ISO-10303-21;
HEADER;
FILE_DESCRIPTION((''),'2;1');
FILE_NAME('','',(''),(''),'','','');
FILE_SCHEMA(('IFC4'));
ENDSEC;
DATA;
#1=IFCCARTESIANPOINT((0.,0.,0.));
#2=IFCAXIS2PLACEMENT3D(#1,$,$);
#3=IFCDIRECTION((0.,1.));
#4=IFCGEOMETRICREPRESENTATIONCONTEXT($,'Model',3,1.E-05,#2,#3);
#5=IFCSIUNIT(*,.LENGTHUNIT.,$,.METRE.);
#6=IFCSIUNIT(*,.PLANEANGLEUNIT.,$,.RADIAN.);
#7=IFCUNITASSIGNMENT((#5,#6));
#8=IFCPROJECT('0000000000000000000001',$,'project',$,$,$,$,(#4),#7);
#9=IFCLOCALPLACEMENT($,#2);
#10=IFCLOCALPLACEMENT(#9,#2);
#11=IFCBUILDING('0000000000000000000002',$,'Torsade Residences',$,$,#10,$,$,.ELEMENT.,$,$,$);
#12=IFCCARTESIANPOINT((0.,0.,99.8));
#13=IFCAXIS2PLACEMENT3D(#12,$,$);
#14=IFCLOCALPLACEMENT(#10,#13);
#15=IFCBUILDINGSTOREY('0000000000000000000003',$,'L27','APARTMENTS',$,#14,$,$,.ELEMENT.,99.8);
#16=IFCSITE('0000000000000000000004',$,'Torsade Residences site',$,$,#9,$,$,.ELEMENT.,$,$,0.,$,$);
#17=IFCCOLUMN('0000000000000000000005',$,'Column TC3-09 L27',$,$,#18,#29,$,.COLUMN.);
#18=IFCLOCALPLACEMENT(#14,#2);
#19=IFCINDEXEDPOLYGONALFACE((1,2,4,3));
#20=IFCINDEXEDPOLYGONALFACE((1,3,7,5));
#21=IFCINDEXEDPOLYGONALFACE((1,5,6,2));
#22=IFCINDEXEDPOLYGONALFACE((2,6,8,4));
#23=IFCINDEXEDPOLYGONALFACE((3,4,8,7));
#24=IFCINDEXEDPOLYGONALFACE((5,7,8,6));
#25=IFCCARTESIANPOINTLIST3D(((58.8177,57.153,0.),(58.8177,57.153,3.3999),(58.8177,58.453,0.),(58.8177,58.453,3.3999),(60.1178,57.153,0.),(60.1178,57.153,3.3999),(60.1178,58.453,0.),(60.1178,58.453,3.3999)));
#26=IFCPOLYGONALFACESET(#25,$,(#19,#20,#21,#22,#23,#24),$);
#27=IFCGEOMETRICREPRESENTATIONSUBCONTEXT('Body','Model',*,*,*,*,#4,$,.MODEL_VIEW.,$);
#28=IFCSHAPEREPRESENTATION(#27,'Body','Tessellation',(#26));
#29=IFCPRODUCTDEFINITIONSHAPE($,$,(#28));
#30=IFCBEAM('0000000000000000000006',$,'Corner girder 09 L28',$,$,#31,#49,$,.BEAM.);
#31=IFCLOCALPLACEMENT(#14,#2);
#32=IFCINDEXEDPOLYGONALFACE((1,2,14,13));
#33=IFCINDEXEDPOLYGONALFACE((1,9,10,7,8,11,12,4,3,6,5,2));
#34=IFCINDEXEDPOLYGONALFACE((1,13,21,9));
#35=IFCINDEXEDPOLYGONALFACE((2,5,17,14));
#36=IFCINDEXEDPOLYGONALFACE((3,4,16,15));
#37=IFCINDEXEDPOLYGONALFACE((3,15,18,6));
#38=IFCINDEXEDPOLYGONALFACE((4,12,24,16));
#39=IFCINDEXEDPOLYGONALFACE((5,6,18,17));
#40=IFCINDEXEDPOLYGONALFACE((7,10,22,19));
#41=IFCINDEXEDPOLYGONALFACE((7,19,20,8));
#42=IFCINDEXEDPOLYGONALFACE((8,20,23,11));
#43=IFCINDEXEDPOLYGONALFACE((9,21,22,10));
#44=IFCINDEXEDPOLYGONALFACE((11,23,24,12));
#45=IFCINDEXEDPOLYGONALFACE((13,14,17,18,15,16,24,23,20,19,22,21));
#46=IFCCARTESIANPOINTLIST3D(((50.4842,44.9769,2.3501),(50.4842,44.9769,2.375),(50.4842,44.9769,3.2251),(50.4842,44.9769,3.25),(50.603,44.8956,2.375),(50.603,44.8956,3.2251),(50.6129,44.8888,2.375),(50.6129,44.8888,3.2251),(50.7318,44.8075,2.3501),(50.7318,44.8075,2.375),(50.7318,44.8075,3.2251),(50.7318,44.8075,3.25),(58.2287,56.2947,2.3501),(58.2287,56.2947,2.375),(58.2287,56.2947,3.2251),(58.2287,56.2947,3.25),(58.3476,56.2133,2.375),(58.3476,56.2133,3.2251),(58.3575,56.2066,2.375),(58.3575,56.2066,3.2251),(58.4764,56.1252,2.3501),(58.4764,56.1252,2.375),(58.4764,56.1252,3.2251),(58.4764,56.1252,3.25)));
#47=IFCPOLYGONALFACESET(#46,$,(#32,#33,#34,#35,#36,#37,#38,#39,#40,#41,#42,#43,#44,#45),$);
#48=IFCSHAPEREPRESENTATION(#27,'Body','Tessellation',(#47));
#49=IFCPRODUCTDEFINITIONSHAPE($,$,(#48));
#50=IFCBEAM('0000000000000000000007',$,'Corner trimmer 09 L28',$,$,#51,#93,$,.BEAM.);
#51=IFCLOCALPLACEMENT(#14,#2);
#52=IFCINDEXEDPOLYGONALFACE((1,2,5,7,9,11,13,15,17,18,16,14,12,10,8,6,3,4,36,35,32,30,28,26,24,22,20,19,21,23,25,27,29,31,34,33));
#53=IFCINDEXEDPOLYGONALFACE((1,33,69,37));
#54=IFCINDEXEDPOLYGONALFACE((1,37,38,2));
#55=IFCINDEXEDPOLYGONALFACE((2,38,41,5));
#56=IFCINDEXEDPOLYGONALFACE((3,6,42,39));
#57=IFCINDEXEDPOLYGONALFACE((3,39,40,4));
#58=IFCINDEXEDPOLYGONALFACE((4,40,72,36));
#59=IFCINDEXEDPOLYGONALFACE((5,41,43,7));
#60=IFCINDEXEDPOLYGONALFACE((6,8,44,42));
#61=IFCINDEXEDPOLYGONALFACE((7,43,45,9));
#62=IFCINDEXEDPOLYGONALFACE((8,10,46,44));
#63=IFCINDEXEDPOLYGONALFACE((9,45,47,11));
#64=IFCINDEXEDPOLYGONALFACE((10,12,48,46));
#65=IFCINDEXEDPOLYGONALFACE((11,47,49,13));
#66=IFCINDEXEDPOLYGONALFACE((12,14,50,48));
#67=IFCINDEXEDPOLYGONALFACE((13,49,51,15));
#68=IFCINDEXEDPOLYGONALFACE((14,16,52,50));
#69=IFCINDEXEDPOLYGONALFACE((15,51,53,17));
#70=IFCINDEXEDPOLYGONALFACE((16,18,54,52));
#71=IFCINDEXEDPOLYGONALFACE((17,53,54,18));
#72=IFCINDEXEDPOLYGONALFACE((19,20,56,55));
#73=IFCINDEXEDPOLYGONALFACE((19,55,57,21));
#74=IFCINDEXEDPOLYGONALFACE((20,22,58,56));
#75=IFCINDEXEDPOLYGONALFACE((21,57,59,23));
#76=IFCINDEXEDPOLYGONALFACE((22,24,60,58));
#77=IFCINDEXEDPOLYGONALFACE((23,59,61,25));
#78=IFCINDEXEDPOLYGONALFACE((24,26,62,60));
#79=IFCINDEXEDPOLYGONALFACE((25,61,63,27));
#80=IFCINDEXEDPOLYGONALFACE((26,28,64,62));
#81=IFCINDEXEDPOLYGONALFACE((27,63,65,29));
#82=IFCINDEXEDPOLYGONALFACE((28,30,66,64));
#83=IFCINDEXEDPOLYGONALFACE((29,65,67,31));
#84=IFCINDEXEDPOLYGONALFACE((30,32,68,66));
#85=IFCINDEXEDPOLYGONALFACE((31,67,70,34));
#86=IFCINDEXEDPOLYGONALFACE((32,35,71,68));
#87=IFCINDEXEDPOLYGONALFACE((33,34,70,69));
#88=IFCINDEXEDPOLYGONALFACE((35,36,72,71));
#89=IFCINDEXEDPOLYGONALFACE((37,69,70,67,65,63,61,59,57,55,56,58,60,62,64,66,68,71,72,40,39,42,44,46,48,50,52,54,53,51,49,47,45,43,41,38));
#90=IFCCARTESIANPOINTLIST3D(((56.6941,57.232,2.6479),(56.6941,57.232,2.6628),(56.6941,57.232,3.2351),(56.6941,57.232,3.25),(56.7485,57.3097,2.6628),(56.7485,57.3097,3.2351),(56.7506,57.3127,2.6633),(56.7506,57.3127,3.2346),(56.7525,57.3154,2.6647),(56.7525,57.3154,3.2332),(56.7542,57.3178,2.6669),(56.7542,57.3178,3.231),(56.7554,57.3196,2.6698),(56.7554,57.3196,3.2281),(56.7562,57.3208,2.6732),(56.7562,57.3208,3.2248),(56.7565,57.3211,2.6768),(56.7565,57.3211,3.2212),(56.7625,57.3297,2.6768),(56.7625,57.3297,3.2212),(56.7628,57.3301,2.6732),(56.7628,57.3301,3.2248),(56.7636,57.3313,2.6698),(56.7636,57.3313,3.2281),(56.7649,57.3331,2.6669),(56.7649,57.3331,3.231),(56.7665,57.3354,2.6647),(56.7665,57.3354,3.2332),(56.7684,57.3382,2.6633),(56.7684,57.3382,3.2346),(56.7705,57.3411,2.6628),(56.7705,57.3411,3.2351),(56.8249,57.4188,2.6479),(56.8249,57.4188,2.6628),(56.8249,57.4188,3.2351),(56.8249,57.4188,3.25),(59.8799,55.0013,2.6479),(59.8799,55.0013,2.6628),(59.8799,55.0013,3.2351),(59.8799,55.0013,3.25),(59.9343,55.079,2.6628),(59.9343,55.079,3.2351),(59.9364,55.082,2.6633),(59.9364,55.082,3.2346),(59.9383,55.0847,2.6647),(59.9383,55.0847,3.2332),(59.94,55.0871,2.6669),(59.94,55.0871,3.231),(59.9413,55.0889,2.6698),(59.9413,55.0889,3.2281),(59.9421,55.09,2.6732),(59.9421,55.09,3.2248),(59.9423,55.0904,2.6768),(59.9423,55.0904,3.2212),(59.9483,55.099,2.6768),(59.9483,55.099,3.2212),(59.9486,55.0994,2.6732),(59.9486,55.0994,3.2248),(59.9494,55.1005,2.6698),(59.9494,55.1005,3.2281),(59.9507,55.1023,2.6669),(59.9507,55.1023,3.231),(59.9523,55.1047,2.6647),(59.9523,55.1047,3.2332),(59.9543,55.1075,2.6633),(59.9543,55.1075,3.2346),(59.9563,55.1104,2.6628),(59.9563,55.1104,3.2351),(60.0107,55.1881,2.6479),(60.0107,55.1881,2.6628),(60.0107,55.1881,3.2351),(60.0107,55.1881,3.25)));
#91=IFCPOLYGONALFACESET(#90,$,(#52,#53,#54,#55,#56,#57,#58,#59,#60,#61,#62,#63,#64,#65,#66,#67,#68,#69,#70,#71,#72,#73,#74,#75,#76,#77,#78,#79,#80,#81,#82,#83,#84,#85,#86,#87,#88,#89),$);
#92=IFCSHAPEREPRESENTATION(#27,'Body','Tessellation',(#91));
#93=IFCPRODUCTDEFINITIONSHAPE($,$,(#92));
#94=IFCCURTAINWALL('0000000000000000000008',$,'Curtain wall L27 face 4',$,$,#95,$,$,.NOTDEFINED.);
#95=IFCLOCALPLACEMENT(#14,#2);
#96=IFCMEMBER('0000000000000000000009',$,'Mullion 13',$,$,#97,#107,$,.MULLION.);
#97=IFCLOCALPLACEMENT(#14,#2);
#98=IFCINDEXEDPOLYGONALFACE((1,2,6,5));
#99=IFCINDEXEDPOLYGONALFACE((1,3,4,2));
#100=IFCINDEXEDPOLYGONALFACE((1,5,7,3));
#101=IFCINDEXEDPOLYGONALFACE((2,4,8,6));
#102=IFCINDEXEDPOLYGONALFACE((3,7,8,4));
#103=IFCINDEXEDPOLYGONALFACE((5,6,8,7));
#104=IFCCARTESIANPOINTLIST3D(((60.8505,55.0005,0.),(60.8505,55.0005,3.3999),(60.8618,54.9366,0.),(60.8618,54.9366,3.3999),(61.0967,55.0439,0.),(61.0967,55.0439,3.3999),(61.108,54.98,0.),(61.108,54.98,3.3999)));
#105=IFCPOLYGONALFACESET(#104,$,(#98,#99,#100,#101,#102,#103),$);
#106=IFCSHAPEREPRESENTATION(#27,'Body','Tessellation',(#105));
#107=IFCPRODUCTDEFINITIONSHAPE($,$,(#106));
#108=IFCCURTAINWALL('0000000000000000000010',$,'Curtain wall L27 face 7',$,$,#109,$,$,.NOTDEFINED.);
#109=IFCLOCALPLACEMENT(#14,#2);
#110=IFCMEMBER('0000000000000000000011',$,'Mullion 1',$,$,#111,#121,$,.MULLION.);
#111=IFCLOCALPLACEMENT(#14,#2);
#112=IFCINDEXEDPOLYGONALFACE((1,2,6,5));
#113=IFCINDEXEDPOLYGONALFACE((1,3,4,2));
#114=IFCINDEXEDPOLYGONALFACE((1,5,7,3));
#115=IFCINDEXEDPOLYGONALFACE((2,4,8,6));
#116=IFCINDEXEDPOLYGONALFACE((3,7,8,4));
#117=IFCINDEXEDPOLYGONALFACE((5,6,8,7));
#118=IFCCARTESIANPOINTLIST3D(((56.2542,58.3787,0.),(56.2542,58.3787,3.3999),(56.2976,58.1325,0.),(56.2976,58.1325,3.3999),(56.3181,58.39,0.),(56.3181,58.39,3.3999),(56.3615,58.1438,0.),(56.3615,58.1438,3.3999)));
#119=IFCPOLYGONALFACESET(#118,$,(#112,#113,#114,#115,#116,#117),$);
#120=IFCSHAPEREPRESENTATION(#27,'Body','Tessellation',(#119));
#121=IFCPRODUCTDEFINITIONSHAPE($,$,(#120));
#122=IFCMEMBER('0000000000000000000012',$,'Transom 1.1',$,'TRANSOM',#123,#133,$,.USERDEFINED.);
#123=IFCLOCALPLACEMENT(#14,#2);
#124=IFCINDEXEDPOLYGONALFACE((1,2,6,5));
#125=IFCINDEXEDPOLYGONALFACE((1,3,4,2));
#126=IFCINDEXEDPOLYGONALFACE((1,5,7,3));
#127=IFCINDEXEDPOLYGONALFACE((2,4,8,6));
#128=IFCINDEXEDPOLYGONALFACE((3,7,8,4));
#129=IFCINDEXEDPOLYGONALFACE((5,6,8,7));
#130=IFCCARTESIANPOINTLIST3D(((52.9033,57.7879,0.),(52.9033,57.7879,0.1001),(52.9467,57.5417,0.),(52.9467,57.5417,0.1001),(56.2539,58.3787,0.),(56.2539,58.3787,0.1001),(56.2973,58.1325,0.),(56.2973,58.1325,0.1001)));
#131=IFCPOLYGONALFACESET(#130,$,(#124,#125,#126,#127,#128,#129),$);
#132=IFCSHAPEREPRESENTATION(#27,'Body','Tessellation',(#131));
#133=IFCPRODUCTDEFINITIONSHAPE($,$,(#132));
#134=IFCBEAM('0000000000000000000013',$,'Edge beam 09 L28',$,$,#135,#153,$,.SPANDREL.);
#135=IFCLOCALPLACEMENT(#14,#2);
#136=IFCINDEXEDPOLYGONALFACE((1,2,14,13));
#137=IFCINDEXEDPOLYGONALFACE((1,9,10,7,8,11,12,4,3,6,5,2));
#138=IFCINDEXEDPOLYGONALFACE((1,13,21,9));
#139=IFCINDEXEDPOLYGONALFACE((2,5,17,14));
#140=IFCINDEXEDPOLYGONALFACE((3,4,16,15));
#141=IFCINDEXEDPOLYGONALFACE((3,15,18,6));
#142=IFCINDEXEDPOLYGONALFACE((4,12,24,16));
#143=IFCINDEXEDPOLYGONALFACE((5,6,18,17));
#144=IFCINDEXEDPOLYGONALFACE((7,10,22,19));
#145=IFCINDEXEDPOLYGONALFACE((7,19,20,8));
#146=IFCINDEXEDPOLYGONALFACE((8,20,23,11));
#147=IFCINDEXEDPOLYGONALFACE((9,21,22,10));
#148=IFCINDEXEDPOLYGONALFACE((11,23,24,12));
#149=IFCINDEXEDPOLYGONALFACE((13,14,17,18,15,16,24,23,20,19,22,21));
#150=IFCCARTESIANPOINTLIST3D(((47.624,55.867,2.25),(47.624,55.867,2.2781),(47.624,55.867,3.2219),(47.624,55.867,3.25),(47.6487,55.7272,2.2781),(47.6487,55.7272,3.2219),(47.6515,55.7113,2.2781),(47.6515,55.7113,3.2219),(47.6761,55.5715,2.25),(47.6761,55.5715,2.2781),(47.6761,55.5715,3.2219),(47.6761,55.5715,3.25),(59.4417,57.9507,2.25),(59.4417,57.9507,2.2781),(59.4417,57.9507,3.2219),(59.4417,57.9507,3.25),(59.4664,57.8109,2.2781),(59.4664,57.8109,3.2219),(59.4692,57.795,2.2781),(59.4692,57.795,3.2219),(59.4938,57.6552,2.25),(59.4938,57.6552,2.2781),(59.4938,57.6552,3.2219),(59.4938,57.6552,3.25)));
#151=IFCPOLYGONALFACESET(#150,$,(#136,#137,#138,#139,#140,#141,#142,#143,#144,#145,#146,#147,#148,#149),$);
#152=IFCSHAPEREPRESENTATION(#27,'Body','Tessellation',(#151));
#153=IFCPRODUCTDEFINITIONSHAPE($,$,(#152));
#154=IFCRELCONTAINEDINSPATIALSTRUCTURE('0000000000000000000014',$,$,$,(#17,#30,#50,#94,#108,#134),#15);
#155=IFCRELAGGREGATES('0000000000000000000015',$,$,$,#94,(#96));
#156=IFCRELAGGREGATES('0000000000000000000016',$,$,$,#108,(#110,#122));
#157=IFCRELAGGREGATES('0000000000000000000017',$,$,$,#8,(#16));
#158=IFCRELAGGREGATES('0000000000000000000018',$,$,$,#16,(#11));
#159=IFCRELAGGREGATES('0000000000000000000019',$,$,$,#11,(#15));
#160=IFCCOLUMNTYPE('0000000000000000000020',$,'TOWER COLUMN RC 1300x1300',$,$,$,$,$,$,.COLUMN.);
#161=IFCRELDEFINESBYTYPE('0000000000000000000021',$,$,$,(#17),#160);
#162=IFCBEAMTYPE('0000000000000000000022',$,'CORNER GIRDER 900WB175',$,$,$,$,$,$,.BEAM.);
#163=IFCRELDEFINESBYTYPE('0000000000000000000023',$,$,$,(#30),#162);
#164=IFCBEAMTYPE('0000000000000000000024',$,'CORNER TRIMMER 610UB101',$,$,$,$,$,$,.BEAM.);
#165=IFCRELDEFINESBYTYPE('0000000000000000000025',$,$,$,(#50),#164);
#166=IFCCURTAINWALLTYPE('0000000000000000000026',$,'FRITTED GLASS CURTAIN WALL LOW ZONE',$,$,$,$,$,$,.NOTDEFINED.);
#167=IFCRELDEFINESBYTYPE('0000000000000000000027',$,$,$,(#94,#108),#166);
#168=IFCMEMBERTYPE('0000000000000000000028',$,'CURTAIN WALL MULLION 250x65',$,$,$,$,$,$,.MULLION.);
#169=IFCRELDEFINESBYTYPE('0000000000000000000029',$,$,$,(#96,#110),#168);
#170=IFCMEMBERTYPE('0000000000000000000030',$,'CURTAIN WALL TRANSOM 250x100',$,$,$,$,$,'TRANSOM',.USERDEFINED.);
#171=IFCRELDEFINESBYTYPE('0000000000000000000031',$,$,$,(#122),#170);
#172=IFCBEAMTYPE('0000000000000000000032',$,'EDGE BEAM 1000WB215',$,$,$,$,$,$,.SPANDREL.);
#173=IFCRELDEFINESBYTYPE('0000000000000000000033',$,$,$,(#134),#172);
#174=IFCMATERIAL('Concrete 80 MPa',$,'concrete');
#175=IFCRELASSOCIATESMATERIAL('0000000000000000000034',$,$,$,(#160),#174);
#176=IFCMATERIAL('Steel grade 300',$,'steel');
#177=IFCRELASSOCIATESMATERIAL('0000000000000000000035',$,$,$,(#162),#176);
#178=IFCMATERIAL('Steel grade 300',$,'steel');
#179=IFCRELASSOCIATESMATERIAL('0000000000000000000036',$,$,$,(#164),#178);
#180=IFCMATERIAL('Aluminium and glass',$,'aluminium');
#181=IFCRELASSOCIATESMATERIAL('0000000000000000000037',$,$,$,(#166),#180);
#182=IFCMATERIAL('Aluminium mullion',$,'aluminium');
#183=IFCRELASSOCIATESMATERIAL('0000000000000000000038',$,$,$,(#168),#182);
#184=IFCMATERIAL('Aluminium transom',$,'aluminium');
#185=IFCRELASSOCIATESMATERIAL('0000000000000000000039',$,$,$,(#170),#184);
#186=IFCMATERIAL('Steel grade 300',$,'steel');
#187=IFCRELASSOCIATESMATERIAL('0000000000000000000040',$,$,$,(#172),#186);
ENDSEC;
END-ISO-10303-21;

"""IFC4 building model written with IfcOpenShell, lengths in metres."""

from ifc_helpers import new_model, si_unit, direction, frame, origin, origin_2d, place, context, subcontext, project, spatial, rectangle, i_section, extrude, material, material_profile, profile_set, type_object, element, aggregate, save


model = new_model("IFC4")

# Units and contexts
model_context = context("Model", 3, precision=1e-05, world=origin(), true_north=direction((0.0, 1.0)))
body_context = subcontext(model_context, "Body", "Model", "MODEL_VIEW")
ifc_project = project(units=[si_unit("LENGTHUNIT", "METRE"), si_unit("PLANEANGLEUNIT", "RADIAN")], contexts=[model_context])

# Site, building, storey
site_placement = place(None, origin())
site = spatial("IfcSite", under=ifc_project, at=site_placement, Name="Torsade Residences site", CompositionType="ELEMENT", RefElevation=0.0)
building_placement = place(site_placement, origin())
building = spatial("IfcBuilding", under=site, at=building_placement, Name="Torsade Residences", CompositionType="ELEMENT")
storey_placement = place(building_placement, frame((0.0, 0.0, 99.8)))
storey = spatial("IfcBuildingStorey", under=building, at=storey_placement, Name="L27", Description="APARTMENTS", CompositionType="ELEMENT", Elevation=99.8)

# Column
ifc_material_1 = material(Name="Concrete 80 MPa", Category="concrete")
ifc_material_profile_1 = material_profile(ifc_material_1, rectangle(XDim=1.3, YDim=1.3, at=origin_2d()), Name="RC 1300x1300")
ifc_profile_set_1 = profile_set([ifc_material_profile_1], Name="Concrete 80 MPa")
column_type = type_object("IfcColumnType", Name="TOWER COLUMN RC 1300x1300", PredefinedType="COLUMN", material=ifc_profile_set_1)
column_placement = place(storey_placement, frame((59.4678, 57.803, 0.0), z_axis=(0.0, 0.0, 1.0), x_axis=(1.0, 0.0, 0.0)))
element("IfcColumn", 1, at=column_placement, inside=storey, type_object=column_type, Name="Column TC3-09 L27", PredefinedType="COLUMN", context=body_context, shape_type="SweptSolid", body=[
    extrude(rectangle(XDim=1.3, YDim=1.3, at=origin_2d()), origin(), (0.0, 0.0, 1.0), 3.3999),
])

# Beams
ifc_material_2 = material(Name="Steel grade 300", Category="steel")
ifc_material_profile_2 = material_profile(ifc_material_2, i_section(OverallWidth=0.3, OverallDepth=0.8999, WebThickness=0.012, FlangeThickness=0.0249, at=origin_2d()), Name="900WB175")
ifc_profile_set_2 = profile_set([ifc_material_profile_2], Name="Steel grade 300")
beam_type_1 = type_object("IfcBeamType", Name="CORNER GIRDER 900WB175", PredefinedType="BEAM", material=ifc_profile_set_2)
beam_1_placement = place(storey_placement, frame((58.3525, 56.21, 2.8), z_axis=(-0.564725, -0.825279, 0.0), x_axis=(0.825279, -0.564725, 0.0)))
element("IfcBeam", 2, at=beam_1_placement, inside=storey, type_object=beam_type_1, Name="Corner girder 09 L28", PredefinedType="BEAM", context=body_context, shape_type="SweptSolid", body=[
    extrude(i_section(OverallWidth=0.3, OverallDepth=0.8999, WebThickness=0.012, FlangeThickness=0.0249, at=origin_2d()), origin(), (0.0, 0.0, 1.0), 13.7139),
])
ifc_material_3 = material(Name="Steel grade 300", Category="steel")
ifc_material_profile_3 = material_profile(ifc_material_3, i_section(OverallWidth=0.228, OverallDepth=0.6021, WebThickness=0.0105, FlangeThickness=0.0149, FilletRadius=0.0139, at=origin_2d()), Name="610UB101")
ifc_profile_set_3 = profile_set([ifc_material_profile_3], Name="Steel grade 300")
beam_type_2 = type_object("IfcBeamType", Name="CORNER TRIMMER 610UB101", PredefinedType="BEAM", material=ifc_profile_set_3)
beam_2_placement = place(storey_placement, frame((56.7595, 57.3254, 2.949), z_axis=(0.819152, -0.573576, 0.0), x_axis=(0.573576, 0.819152, 0.0)))
element("IfcBeam", 3, at=beam_2_placement, inside=storey, type_object=beam_type_2, Name="Corner trimmer 09 L28", PredefinedType="BEAM", context=body_context, shape_type="SweptSolid", body=[
    extrude(i_section(OverallWidth=0.228, OverallDepth=0.6021, WebThickness=0.0105, FlangeThickness=0.0149, FilletRadius=0.0139, at=origin_2d()), origin(), (0.0, 0.0, 1.0), 3.8892),
])

# Curtain wall, member
ifc_material_4 = material(Name="Aluminium and glass", Category="aluminium")
curtain_wall_type = type_object("IfcCurtainWallType", Name="FRITTED GLASS CURTAIN WALL LOW ZONE", PredefinedType="NOTDEFINED", material=ifc_material_4)
curtain_wall_1_placement = place(storey_placement, origin())
curtain_wall_1 = element("IfcCurtainWall", 4, at=curtain_wall_1_placement, inside=storey, type_object=curtain_wall_type, Name="Curtain wall L27 face 4", PredefinedType="NOTDEFINED")
ifc_material_5 = material(Name="Aluminium mullion", Category="aluminium")
ifc_material_profile_4 = material_profile(ifc_material_5, rectangle(XDim=0.25, YDim=0.0649, at=origin_2d()), Name="CURTAIN WALL MULLION 250x65")
ifc_profile_set_4 = profile_set([ifc_material_profile_4], Name="Aluminium mullion")
member_type_1 = type_object("IfcMemberType", Name="CURTAIN WALL MULLION 250x65", PredefinedType="MULLION", material=ifc_profile_set_4)
member_1_placement = place(storey_placement, frame((60.9792, 54.9902, 0.0), z_axis=(0.0, 0.0, 1.0), x_axis=(-0.984808, -0.173648, 0.0)))
member_1 = element("IfcMember", 5, at=member_1_placement, type_object=member_type_1, Name="Mullion 13", PredefinedType="MULLION", context=body_context, shape_type="SweptSolid", body=[
    extrude(rectangle(XDim=0.25, YDim=0.0649, at=origin_2d()), origin(), (0.0, 0.0, 1.0), 3.3999),
])
aggregate(curtain_wall_1, [member_1])

# Curtain wall, members
curtain_wall_2_placement = place(storey_placement, origin())
curtain_wall_2 = element("IfcCurtainWall", 6, at=curtain_wall_2_placement, inside=storey, type_object=curtain_wall_type, Name="Curtain wall L27 face 7", PredefinedType="NOTDEFINED")
member_2_placement = place(storey_placement, frame((56.3079, 58.2612, 0.0), z_axis=(0.0, 0.0, 1.0), x_axis=(0.173648, -0.984808, 0.0)))
member_2 = element("IfcMember", 7, at=member_2_placement, type_object=member_type_1, Name="Mullion 1", PredefinedType="MULLION", context=body_context, shape_type="SweptSolid", body=[
    extrude(rectangle(XDim=0.25, YDim=0.0649, at=origin_2d()), origin(), (0.0, 0.0, 1.0), 3.3999),
])
ifc_material_6 = material(Name="Aluminium transom", Category="aluminium")
ifc_material_profile_5 = material_profile(ifc_material_6, rectangle(XDim=0.25, YDim=0.1001, at=origin_2d()), Name="CURTAIN WALL TRANSOM 250x100")
ifc_profile_set_5 = profile_set([ifc_material_profile_5], Name="Aluminium transom")
member_type_2 = type_object("IfcMemberType", Name="CURTAIN WALL TRANSOM 250x100", ElementType="TRANSOM", PredefinedType="USERDEFINED", material=ifc_profile_set_5)
member_3_placement = place(storey_placement, frame((56.2756, 58.2556, 0.05), z_axis=(-0.984807, -0.173654, 0.0), x_axis=(0.173654, -0.984807, 0.0)))
member_3 = element("IfcMember", 8, at=member_3_placement, type_object=member_type_2, Name="Transom 1.1", ObjectType="TRANSOM", PredefinedType="USERDEFINED", context=body_context, shape_type="SweptSolid", body=[
    extrude(rectangle(XDim=0.25, YDim=0.1001, at=origin_2d()), origin(), (0.0, 0.0, 1.0), 3.4023),
])

# Beam
ifc_material_7 = material(Name="Steel grade 300", Category="steel")
ifc_material_profile_6 = material_profile(ifc_material_7, i_section(OverallWidth=0.3, OverallDepth=1.0, WebThickness=0.0161, FlangeThickness=0.0281, at=origin_2d()), Name="1000WB215")
ifc_profile_set_6 = profile_set([ifc_material_profile_6], Name="Steel grade 300")
beam_type_3 = type_object("IfcBeamType", Name="EDGE BEAM 1000WB215", PredefinedType="SPANDREL", material=ifc_profile_set_6)
beam_3_placement = place(storey_placement, frame((59.4678, 57.803, 2.75), z_axis=(-0.984808, -0.173646, 0.0), x_axis=(0.173646, -0.984808, 0.0)))
element("IfcBeam", 9, at=beam_3_placement, inside=storey, type_object=beam_type_3, Name="Edge beam 09 L28", PredefinedType="SPANDREL", context=body_context, shape_type="SweptSolid", body=[
    extrude(i_section(OverallWidth=0.3, OverallDepth=1.0, WebThickness=0.0161, FlangeThickness=0.0281, at=origin_2d()), origin(), (0.0, 0.0, 1.0), 12.0),
])

aggregate(curtain_wall_2, [member_2, member_3])

save(model, "model.ifc")
